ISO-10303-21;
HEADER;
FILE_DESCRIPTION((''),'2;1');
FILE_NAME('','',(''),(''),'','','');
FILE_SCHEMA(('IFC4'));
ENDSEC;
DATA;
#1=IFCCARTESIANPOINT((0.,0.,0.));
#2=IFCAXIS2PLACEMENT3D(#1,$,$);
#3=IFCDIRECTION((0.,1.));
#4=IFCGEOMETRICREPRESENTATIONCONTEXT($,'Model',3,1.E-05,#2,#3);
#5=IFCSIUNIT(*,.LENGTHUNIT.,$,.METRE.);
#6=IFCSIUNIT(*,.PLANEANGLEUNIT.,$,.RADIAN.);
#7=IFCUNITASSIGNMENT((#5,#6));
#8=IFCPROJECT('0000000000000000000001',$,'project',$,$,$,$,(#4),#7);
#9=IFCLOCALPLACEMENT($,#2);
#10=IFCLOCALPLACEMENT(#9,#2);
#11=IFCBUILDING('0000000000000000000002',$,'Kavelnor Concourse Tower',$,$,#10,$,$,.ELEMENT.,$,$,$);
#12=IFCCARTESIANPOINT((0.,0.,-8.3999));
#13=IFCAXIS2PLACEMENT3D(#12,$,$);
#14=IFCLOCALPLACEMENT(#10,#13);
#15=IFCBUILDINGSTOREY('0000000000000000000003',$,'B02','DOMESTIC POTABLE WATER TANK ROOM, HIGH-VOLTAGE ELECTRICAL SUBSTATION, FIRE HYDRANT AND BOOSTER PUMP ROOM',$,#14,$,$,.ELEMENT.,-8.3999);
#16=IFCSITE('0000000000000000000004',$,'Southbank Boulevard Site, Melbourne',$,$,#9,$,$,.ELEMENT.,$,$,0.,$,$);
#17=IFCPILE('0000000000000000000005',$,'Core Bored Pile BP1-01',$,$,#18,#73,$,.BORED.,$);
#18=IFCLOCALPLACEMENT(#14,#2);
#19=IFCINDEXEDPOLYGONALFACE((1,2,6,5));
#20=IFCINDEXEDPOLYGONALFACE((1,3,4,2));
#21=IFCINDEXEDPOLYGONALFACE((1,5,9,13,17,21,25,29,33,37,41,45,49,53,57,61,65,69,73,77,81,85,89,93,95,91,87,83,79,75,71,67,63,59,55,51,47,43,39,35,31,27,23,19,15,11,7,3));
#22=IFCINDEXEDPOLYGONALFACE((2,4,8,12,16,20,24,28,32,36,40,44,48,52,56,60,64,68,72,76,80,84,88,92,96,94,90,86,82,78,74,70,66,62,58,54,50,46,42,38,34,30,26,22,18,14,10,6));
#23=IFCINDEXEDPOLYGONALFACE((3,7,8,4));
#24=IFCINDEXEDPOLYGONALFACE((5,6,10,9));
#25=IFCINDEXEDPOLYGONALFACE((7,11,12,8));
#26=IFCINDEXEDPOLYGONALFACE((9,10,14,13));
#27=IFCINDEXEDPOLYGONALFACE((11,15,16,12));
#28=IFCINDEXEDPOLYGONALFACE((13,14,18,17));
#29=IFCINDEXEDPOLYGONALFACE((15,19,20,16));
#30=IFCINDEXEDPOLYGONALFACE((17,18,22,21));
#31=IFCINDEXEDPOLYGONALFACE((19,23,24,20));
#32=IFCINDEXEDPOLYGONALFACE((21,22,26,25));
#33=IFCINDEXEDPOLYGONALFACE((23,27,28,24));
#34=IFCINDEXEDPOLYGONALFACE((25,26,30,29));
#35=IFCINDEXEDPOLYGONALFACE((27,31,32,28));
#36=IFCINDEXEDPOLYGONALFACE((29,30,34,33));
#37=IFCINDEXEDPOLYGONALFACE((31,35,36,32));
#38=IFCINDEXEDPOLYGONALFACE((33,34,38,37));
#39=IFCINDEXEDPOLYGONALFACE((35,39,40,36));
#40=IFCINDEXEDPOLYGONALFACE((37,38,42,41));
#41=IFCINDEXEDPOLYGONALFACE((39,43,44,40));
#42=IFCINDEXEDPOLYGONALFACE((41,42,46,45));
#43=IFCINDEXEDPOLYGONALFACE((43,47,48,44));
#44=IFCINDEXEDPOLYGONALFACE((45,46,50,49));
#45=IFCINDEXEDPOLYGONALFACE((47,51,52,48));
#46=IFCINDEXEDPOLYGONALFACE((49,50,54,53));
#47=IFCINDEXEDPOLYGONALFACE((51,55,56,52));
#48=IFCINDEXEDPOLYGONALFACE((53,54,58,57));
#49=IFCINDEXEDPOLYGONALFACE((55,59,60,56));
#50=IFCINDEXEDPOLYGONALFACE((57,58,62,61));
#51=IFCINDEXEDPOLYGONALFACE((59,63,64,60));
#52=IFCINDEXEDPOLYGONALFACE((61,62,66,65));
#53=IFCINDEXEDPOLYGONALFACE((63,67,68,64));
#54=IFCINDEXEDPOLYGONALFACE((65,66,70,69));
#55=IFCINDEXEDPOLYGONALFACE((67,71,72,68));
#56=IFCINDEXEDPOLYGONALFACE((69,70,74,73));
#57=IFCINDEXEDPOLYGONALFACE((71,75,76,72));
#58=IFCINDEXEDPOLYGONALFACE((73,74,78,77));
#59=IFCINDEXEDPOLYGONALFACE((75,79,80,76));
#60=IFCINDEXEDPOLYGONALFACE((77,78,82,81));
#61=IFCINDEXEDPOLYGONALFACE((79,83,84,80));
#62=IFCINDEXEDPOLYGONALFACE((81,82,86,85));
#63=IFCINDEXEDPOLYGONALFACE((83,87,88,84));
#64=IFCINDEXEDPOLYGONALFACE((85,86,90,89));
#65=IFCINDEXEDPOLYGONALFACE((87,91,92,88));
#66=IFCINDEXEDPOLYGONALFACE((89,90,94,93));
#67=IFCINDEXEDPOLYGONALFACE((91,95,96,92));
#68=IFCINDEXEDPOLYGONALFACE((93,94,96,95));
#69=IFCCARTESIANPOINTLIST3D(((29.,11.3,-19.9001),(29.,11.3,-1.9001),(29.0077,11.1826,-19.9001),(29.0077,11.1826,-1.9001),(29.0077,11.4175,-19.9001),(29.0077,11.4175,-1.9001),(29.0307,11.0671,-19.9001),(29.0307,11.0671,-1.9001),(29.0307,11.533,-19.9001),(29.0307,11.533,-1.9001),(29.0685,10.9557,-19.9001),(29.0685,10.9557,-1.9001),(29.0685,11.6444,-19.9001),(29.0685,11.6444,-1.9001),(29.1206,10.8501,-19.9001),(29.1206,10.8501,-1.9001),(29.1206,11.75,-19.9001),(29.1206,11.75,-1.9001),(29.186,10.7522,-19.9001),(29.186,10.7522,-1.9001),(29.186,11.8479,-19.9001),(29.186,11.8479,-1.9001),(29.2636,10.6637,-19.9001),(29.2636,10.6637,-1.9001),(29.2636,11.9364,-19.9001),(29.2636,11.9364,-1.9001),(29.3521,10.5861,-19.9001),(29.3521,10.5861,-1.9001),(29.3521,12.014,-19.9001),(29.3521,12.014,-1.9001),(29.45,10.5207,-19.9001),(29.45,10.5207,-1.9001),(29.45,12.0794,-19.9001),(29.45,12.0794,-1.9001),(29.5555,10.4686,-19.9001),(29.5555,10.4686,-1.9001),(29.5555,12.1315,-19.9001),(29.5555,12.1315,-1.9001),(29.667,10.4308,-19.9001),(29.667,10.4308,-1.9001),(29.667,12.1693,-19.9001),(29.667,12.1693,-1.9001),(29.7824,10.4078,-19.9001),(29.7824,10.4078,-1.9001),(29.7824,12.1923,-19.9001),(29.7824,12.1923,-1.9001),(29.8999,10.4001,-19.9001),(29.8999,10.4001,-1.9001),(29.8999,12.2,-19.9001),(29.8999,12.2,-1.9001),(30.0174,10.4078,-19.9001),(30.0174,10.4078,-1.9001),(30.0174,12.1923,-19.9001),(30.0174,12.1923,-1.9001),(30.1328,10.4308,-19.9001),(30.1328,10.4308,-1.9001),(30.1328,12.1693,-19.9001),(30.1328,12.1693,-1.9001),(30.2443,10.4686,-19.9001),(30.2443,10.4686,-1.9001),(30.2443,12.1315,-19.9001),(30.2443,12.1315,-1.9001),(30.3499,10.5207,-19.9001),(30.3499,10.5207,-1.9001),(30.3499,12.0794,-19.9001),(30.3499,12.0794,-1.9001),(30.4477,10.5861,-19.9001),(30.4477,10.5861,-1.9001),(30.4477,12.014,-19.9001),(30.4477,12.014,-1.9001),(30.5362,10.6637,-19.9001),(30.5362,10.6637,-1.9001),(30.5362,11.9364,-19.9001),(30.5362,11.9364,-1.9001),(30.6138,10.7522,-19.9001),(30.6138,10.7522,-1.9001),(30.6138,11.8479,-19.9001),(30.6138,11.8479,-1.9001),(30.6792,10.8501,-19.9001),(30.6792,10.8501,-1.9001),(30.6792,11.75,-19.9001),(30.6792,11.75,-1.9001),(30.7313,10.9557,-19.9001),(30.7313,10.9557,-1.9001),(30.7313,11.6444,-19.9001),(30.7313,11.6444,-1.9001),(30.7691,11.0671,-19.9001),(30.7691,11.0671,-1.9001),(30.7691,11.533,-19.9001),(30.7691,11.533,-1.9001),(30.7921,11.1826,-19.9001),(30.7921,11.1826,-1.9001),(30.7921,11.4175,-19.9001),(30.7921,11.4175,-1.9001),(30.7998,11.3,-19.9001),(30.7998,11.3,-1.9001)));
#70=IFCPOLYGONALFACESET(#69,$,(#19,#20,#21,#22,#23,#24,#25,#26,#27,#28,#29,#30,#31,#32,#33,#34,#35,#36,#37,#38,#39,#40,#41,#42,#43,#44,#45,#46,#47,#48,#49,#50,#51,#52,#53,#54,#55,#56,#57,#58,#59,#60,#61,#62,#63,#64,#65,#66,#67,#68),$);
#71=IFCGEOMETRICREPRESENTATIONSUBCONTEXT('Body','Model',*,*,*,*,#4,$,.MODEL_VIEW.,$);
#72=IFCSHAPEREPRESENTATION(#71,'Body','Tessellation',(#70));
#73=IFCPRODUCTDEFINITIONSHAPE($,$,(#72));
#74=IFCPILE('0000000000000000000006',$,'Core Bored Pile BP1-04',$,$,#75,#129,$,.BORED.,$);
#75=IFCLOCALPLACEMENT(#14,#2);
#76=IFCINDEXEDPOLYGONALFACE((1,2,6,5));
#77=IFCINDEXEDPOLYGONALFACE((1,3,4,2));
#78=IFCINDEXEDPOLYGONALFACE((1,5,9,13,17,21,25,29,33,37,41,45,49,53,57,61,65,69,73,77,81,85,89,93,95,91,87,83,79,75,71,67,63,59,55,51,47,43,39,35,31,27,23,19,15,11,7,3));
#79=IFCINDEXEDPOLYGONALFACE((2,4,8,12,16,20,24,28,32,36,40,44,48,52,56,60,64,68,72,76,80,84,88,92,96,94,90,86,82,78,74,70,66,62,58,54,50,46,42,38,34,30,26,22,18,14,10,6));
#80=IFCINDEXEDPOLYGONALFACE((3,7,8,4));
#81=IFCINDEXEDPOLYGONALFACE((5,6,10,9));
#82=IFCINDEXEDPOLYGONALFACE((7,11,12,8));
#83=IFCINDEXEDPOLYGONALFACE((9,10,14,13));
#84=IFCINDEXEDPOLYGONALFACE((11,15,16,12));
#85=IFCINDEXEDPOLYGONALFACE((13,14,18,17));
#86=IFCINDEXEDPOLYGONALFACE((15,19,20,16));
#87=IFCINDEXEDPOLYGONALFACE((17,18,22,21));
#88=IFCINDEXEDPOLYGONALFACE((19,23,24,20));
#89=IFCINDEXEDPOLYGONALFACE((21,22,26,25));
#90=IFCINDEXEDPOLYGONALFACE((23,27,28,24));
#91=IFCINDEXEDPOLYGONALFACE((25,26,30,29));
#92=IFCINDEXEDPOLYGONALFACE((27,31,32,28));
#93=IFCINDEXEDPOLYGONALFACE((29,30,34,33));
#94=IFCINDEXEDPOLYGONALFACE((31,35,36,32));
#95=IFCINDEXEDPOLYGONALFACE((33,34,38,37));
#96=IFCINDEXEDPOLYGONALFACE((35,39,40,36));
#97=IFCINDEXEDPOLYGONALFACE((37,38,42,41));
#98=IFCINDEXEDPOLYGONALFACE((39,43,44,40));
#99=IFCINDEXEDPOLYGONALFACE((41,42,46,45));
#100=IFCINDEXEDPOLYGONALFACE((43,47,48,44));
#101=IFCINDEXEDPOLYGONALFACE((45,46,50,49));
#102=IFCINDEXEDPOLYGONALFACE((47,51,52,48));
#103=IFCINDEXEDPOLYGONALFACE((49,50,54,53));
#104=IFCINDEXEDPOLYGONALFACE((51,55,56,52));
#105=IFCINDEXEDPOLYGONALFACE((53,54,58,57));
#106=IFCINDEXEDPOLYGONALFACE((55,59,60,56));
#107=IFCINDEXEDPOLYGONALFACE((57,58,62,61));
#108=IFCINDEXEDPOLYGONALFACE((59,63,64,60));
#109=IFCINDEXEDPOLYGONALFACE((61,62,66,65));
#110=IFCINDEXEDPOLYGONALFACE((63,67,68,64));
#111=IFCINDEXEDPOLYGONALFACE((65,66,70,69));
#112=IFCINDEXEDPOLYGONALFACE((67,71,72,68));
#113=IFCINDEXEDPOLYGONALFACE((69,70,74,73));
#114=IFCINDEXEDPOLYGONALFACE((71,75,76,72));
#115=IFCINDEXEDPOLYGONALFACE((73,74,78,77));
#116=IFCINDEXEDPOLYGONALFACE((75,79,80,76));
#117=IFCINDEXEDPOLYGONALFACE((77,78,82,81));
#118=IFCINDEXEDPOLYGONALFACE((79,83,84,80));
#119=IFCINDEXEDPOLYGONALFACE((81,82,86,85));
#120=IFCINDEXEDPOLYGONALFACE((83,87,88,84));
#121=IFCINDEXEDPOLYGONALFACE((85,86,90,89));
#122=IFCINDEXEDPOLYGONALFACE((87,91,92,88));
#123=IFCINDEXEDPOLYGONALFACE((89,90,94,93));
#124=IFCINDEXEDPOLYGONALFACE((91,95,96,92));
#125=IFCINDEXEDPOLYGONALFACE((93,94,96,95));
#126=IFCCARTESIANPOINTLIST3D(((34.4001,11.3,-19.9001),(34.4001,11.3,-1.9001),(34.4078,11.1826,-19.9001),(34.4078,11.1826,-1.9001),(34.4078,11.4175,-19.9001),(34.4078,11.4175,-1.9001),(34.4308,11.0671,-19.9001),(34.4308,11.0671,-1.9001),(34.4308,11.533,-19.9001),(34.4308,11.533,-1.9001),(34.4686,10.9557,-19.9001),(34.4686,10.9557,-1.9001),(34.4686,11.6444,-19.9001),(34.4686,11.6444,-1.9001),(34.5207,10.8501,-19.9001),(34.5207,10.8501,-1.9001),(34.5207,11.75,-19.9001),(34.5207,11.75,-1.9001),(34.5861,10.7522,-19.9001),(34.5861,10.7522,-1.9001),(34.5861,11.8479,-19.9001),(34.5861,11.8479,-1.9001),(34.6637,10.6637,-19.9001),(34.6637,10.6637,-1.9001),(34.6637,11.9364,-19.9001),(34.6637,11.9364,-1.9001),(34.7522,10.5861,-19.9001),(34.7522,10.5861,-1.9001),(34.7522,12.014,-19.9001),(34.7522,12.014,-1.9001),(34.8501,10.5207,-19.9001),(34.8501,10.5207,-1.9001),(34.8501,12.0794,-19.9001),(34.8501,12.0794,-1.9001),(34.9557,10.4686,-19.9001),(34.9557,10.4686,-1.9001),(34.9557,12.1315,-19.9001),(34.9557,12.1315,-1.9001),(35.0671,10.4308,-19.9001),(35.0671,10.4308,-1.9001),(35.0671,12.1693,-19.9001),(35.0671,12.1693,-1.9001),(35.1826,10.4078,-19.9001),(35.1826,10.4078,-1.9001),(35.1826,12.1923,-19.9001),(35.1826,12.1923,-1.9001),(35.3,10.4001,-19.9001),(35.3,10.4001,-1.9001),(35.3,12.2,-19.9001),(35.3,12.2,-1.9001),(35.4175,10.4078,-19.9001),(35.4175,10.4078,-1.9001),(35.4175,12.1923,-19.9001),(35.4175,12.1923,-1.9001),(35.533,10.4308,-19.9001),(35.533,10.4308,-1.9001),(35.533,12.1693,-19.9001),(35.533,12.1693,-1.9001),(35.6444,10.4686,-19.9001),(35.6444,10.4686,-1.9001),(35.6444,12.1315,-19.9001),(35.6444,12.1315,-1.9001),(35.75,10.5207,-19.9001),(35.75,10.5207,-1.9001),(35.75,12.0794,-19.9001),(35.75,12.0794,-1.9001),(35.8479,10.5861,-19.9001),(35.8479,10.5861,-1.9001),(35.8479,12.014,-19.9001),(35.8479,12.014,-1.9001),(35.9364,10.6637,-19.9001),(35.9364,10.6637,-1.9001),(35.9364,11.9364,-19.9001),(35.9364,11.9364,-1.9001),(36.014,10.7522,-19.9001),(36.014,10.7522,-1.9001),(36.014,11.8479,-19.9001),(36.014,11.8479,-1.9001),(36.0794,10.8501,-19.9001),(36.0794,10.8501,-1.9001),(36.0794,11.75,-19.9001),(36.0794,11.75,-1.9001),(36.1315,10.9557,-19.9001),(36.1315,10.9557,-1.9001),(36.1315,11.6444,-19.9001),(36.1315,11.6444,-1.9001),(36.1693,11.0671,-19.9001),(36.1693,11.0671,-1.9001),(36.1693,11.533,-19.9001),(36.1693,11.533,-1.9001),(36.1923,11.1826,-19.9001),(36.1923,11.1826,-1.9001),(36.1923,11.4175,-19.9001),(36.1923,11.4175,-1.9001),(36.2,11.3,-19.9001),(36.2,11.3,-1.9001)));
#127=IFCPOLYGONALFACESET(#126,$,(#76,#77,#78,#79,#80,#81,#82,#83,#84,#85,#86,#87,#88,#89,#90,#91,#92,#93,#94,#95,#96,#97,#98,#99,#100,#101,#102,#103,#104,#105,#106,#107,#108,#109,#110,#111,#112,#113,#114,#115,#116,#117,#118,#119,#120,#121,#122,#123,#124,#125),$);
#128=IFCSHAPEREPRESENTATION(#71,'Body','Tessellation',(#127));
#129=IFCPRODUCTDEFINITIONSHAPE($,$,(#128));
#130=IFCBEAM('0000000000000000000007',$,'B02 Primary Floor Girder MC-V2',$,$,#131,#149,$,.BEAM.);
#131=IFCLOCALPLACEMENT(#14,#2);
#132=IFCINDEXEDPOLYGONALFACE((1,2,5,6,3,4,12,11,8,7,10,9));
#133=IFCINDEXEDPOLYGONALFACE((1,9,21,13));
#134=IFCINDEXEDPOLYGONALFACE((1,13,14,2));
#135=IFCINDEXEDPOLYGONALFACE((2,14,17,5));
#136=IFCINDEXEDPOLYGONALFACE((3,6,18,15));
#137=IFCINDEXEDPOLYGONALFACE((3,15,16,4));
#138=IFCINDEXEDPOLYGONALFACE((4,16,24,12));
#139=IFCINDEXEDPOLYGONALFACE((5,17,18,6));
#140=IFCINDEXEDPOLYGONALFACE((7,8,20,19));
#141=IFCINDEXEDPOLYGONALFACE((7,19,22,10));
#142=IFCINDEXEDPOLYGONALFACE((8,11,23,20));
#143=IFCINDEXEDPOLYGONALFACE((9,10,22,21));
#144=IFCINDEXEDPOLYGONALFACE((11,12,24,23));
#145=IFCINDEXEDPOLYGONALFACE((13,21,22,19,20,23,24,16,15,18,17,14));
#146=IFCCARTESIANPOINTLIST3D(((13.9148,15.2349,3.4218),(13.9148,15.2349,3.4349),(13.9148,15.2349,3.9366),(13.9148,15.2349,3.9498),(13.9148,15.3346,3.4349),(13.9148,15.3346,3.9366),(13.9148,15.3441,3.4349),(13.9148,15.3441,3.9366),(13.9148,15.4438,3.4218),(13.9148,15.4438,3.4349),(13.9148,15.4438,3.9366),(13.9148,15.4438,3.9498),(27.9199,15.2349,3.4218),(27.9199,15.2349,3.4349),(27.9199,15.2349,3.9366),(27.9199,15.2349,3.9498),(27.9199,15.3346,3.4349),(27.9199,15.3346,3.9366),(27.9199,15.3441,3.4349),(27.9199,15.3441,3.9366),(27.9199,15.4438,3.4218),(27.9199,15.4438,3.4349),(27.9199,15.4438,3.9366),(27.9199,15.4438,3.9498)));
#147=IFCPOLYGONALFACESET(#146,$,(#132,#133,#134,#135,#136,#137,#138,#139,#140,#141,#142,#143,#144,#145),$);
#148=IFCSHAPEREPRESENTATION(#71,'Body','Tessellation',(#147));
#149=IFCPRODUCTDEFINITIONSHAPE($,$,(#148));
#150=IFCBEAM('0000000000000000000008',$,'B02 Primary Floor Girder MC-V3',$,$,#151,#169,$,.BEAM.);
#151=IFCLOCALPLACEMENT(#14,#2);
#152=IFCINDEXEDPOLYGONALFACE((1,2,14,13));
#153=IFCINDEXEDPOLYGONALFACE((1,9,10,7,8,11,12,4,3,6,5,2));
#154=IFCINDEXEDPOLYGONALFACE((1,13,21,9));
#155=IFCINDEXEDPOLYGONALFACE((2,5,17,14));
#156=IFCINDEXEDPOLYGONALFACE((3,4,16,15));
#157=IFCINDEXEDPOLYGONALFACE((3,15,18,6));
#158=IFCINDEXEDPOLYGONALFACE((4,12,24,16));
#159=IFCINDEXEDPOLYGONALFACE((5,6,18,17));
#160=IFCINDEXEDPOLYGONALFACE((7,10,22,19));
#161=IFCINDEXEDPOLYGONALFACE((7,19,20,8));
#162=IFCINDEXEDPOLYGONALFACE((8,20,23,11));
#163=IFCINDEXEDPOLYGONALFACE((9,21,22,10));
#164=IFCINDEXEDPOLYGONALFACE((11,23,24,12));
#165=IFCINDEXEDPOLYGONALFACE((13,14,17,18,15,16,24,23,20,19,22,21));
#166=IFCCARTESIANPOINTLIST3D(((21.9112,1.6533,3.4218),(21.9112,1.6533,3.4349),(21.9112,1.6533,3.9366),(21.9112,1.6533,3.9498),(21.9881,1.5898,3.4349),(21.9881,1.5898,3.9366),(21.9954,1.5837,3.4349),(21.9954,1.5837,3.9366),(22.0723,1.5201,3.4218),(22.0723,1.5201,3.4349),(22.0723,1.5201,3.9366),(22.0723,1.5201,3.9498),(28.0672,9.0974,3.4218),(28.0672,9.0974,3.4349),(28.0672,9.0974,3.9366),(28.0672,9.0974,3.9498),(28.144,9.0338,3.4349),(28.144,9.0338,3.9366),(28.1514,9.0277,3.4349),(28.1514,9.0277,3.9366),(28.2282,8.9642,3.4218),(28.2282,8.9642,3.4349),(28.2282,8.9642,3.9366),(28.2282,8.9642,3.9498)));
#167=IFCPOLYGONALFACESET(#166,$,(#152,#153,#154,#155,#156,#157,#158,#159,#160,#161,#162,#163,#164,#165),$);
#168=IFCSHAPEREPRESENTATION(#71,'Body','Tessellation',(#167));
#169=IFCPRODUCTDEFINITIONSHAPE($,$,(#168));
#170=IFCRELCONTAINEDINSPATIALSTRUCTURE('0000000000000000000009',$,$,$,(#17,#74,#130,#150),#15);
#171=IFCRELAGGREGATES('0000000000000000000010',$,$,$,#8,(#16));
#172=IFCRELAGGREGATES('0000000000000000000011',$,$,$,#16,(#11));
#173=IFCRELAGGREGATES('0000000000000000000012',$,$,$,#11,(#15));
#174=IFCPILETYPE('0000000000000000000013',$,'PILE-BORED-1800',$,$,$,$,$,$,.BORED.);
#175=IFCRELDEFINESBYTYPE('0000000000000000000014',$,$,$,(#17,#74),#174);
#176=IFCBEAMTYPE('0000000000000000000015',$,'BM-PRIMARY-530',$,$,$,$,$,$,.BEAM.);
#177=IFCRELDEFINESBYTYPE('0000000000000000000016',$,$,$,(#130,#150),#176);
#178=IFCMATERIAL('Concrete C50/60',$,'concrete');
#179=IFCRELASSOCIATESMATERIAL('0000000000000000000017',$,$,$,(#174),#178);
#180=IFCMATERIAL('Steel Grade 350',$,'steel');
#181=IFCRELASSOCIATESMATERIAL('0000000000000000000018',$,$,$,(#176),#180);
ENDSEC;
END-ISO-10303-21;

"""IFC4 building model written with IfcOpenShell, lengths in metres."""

from ifc_helpers import new_model, si_unit, direction, frame, origin, origin_2d, place, context, subcontext, project, spatial, circle, i_section, extrude, material, material_profile, profile_set, type_object, element, save


model = new_model("IFC4")

# Units and contexts
model_context = context("Model", 3, precision=1e-05, world=origin(), true_north=direction((0.0, 1.0)))
body_context = subcontext(model_context, "Body", "Model", "MODEL_VIEW")
ifc_project = project(units=[si_unit("LENGTHUNIT", "METRE"), si_unit("PLANEANGLEUNIT", "RADIAN")], contexts=[model_context])

# Site, building, storey
site_placement = place(None, origin())
site = spatial("IfcSite", under=ifc_project, at=site_placement, Name="Southbank Boulevard Site, Melbourne", CompositionType="ELEMENT", RefElevation=0.0)
building_placement = place(site_placement, origin())
building = spatial("IfcBuilding", under=site, at=building_placement, Name="Kavelnor Concourse Tower", CompositionType="ELEMENT")
storey_placement = place(building_placement, frame((0.0, 0.0, -8.3999)))
storey = spatial("IfcBuildingStorey", under=building, at=storey_placement, Name="B02", Description="DOMESTIC POTABLE WATER TANK ROOM, HIGH-VOLTAGE ELECTRICAL SUBSTATION, FIRE HYDRANT AND BOOSTER PUMP ROOM", CompositionType="ELEMENT", Elevation=-8.3999)

# Piles
ifc_material_1 = material(Name="Concrete C50/60", Category="concrete")
ifc_material_profile_1 = material_profile(ifc_material_1, circle(Radius=0.8999, at=origin_2d()), Name="PILE-D1800")
ifc_profile_set_1 = profile_set([ifc_material_profile_1], Name="Concrete C50/60")
pile_type = type_object("IfcPileType", Name="PILE-BORED-1800", PredefinedType="BORED", material=ifc_profile_set_1)
for number, where, z_axis, x_axis, name in (
    (1, (29.8999, 11.3, -1.9001), (0.0, 0.0, -1.0), (1.0, 0.0, 0.0), "Core Bored Pile BP1-01"),
    (2, (35.3, 11.3, -1.9001), (0.0, 0.0, -1.0), (1.0, 0.0, 0.0), "Core Bored Pile BP1-04"),
):
    element("IfcPile", number, at=place(storey_placement, frame(where, z_axis=z_axis, x_axis=x_axis)), inside=storey, type_object=pile_type, Name=name, PredefinedType="BORED", context=body_context, shape_type="SweptSolid", body=[
        extrude(circle(Radius=0.8999, at=origin_2d()), origin(), (0.0, 0.0, 1.0), 18.0),
    ])

# Beams
ifc_material_2 = material(Name="Steel Grade 350", Category="steel")
ifc_material_profile_2 = material_profile(ifc_material_2, i_section(OverallWidth=0.209, OverallDepth=0.5281, WebThickness=0.0095, FlangeThickness=0.0132, at=origin_2d()), Name="530UB82")
ifc_profile_set_2 = profile_set([ifc_material_profile_2], Name="Steel Grade 350")
beam_type = type_object("IfcBeamType", Name="BM-PRIMARY-530", PredefinedType="BEAM", material=ifc_profile_set_2)
beam_1_placement = place(storey_placement, frame((27.9199, 15.3394, 3.6858), z_axis=(-1.0, 0.0, 0.0), x_axis=(0.0, -1.0, 0.0)))
element("IfcBeam", 3, at=beam_1_placement, inside=storey, type_object=beam_type, Name="B02 Primary Floor Girder MC-V2", PredefinedType="BEAM", context=body_context, shape_type="SweptSolid", body=[
    extrude(i_section(OverallWidth=0.209, OverallDepth=0.5281, WebThickness=0.0095, FlangeThickness=0.0132, at=origin_2d()), origin(), (0.0, 0.0, 1.0), 14.0051),
])
beam_2_placement = place(storey_placement, frame((28.1477, 9.0308, 3.6858), z_axis=(-0.637284, -0.770629, 0.0), x_axis=(0.770629, -0.637284, 0.0)))
element("IfcBeam", 4, at=beam_2_placement, inside=storey, type_object=beam_type, Name="B02 Primary Floor Girder MC-V3", PredefinedType="BEAM", context=body_context, shape_type="SweptSolid", body=[
    extrude(i_section(OverallWidth=0.209, OverallDepth=0.5281, WebThickness=0.0095, FlangeThickness=0.0132, at=origin_2d()), origin(), (0.0, 0.0, 1.0), 9.6597),
])

save(model, "model.ifc")
